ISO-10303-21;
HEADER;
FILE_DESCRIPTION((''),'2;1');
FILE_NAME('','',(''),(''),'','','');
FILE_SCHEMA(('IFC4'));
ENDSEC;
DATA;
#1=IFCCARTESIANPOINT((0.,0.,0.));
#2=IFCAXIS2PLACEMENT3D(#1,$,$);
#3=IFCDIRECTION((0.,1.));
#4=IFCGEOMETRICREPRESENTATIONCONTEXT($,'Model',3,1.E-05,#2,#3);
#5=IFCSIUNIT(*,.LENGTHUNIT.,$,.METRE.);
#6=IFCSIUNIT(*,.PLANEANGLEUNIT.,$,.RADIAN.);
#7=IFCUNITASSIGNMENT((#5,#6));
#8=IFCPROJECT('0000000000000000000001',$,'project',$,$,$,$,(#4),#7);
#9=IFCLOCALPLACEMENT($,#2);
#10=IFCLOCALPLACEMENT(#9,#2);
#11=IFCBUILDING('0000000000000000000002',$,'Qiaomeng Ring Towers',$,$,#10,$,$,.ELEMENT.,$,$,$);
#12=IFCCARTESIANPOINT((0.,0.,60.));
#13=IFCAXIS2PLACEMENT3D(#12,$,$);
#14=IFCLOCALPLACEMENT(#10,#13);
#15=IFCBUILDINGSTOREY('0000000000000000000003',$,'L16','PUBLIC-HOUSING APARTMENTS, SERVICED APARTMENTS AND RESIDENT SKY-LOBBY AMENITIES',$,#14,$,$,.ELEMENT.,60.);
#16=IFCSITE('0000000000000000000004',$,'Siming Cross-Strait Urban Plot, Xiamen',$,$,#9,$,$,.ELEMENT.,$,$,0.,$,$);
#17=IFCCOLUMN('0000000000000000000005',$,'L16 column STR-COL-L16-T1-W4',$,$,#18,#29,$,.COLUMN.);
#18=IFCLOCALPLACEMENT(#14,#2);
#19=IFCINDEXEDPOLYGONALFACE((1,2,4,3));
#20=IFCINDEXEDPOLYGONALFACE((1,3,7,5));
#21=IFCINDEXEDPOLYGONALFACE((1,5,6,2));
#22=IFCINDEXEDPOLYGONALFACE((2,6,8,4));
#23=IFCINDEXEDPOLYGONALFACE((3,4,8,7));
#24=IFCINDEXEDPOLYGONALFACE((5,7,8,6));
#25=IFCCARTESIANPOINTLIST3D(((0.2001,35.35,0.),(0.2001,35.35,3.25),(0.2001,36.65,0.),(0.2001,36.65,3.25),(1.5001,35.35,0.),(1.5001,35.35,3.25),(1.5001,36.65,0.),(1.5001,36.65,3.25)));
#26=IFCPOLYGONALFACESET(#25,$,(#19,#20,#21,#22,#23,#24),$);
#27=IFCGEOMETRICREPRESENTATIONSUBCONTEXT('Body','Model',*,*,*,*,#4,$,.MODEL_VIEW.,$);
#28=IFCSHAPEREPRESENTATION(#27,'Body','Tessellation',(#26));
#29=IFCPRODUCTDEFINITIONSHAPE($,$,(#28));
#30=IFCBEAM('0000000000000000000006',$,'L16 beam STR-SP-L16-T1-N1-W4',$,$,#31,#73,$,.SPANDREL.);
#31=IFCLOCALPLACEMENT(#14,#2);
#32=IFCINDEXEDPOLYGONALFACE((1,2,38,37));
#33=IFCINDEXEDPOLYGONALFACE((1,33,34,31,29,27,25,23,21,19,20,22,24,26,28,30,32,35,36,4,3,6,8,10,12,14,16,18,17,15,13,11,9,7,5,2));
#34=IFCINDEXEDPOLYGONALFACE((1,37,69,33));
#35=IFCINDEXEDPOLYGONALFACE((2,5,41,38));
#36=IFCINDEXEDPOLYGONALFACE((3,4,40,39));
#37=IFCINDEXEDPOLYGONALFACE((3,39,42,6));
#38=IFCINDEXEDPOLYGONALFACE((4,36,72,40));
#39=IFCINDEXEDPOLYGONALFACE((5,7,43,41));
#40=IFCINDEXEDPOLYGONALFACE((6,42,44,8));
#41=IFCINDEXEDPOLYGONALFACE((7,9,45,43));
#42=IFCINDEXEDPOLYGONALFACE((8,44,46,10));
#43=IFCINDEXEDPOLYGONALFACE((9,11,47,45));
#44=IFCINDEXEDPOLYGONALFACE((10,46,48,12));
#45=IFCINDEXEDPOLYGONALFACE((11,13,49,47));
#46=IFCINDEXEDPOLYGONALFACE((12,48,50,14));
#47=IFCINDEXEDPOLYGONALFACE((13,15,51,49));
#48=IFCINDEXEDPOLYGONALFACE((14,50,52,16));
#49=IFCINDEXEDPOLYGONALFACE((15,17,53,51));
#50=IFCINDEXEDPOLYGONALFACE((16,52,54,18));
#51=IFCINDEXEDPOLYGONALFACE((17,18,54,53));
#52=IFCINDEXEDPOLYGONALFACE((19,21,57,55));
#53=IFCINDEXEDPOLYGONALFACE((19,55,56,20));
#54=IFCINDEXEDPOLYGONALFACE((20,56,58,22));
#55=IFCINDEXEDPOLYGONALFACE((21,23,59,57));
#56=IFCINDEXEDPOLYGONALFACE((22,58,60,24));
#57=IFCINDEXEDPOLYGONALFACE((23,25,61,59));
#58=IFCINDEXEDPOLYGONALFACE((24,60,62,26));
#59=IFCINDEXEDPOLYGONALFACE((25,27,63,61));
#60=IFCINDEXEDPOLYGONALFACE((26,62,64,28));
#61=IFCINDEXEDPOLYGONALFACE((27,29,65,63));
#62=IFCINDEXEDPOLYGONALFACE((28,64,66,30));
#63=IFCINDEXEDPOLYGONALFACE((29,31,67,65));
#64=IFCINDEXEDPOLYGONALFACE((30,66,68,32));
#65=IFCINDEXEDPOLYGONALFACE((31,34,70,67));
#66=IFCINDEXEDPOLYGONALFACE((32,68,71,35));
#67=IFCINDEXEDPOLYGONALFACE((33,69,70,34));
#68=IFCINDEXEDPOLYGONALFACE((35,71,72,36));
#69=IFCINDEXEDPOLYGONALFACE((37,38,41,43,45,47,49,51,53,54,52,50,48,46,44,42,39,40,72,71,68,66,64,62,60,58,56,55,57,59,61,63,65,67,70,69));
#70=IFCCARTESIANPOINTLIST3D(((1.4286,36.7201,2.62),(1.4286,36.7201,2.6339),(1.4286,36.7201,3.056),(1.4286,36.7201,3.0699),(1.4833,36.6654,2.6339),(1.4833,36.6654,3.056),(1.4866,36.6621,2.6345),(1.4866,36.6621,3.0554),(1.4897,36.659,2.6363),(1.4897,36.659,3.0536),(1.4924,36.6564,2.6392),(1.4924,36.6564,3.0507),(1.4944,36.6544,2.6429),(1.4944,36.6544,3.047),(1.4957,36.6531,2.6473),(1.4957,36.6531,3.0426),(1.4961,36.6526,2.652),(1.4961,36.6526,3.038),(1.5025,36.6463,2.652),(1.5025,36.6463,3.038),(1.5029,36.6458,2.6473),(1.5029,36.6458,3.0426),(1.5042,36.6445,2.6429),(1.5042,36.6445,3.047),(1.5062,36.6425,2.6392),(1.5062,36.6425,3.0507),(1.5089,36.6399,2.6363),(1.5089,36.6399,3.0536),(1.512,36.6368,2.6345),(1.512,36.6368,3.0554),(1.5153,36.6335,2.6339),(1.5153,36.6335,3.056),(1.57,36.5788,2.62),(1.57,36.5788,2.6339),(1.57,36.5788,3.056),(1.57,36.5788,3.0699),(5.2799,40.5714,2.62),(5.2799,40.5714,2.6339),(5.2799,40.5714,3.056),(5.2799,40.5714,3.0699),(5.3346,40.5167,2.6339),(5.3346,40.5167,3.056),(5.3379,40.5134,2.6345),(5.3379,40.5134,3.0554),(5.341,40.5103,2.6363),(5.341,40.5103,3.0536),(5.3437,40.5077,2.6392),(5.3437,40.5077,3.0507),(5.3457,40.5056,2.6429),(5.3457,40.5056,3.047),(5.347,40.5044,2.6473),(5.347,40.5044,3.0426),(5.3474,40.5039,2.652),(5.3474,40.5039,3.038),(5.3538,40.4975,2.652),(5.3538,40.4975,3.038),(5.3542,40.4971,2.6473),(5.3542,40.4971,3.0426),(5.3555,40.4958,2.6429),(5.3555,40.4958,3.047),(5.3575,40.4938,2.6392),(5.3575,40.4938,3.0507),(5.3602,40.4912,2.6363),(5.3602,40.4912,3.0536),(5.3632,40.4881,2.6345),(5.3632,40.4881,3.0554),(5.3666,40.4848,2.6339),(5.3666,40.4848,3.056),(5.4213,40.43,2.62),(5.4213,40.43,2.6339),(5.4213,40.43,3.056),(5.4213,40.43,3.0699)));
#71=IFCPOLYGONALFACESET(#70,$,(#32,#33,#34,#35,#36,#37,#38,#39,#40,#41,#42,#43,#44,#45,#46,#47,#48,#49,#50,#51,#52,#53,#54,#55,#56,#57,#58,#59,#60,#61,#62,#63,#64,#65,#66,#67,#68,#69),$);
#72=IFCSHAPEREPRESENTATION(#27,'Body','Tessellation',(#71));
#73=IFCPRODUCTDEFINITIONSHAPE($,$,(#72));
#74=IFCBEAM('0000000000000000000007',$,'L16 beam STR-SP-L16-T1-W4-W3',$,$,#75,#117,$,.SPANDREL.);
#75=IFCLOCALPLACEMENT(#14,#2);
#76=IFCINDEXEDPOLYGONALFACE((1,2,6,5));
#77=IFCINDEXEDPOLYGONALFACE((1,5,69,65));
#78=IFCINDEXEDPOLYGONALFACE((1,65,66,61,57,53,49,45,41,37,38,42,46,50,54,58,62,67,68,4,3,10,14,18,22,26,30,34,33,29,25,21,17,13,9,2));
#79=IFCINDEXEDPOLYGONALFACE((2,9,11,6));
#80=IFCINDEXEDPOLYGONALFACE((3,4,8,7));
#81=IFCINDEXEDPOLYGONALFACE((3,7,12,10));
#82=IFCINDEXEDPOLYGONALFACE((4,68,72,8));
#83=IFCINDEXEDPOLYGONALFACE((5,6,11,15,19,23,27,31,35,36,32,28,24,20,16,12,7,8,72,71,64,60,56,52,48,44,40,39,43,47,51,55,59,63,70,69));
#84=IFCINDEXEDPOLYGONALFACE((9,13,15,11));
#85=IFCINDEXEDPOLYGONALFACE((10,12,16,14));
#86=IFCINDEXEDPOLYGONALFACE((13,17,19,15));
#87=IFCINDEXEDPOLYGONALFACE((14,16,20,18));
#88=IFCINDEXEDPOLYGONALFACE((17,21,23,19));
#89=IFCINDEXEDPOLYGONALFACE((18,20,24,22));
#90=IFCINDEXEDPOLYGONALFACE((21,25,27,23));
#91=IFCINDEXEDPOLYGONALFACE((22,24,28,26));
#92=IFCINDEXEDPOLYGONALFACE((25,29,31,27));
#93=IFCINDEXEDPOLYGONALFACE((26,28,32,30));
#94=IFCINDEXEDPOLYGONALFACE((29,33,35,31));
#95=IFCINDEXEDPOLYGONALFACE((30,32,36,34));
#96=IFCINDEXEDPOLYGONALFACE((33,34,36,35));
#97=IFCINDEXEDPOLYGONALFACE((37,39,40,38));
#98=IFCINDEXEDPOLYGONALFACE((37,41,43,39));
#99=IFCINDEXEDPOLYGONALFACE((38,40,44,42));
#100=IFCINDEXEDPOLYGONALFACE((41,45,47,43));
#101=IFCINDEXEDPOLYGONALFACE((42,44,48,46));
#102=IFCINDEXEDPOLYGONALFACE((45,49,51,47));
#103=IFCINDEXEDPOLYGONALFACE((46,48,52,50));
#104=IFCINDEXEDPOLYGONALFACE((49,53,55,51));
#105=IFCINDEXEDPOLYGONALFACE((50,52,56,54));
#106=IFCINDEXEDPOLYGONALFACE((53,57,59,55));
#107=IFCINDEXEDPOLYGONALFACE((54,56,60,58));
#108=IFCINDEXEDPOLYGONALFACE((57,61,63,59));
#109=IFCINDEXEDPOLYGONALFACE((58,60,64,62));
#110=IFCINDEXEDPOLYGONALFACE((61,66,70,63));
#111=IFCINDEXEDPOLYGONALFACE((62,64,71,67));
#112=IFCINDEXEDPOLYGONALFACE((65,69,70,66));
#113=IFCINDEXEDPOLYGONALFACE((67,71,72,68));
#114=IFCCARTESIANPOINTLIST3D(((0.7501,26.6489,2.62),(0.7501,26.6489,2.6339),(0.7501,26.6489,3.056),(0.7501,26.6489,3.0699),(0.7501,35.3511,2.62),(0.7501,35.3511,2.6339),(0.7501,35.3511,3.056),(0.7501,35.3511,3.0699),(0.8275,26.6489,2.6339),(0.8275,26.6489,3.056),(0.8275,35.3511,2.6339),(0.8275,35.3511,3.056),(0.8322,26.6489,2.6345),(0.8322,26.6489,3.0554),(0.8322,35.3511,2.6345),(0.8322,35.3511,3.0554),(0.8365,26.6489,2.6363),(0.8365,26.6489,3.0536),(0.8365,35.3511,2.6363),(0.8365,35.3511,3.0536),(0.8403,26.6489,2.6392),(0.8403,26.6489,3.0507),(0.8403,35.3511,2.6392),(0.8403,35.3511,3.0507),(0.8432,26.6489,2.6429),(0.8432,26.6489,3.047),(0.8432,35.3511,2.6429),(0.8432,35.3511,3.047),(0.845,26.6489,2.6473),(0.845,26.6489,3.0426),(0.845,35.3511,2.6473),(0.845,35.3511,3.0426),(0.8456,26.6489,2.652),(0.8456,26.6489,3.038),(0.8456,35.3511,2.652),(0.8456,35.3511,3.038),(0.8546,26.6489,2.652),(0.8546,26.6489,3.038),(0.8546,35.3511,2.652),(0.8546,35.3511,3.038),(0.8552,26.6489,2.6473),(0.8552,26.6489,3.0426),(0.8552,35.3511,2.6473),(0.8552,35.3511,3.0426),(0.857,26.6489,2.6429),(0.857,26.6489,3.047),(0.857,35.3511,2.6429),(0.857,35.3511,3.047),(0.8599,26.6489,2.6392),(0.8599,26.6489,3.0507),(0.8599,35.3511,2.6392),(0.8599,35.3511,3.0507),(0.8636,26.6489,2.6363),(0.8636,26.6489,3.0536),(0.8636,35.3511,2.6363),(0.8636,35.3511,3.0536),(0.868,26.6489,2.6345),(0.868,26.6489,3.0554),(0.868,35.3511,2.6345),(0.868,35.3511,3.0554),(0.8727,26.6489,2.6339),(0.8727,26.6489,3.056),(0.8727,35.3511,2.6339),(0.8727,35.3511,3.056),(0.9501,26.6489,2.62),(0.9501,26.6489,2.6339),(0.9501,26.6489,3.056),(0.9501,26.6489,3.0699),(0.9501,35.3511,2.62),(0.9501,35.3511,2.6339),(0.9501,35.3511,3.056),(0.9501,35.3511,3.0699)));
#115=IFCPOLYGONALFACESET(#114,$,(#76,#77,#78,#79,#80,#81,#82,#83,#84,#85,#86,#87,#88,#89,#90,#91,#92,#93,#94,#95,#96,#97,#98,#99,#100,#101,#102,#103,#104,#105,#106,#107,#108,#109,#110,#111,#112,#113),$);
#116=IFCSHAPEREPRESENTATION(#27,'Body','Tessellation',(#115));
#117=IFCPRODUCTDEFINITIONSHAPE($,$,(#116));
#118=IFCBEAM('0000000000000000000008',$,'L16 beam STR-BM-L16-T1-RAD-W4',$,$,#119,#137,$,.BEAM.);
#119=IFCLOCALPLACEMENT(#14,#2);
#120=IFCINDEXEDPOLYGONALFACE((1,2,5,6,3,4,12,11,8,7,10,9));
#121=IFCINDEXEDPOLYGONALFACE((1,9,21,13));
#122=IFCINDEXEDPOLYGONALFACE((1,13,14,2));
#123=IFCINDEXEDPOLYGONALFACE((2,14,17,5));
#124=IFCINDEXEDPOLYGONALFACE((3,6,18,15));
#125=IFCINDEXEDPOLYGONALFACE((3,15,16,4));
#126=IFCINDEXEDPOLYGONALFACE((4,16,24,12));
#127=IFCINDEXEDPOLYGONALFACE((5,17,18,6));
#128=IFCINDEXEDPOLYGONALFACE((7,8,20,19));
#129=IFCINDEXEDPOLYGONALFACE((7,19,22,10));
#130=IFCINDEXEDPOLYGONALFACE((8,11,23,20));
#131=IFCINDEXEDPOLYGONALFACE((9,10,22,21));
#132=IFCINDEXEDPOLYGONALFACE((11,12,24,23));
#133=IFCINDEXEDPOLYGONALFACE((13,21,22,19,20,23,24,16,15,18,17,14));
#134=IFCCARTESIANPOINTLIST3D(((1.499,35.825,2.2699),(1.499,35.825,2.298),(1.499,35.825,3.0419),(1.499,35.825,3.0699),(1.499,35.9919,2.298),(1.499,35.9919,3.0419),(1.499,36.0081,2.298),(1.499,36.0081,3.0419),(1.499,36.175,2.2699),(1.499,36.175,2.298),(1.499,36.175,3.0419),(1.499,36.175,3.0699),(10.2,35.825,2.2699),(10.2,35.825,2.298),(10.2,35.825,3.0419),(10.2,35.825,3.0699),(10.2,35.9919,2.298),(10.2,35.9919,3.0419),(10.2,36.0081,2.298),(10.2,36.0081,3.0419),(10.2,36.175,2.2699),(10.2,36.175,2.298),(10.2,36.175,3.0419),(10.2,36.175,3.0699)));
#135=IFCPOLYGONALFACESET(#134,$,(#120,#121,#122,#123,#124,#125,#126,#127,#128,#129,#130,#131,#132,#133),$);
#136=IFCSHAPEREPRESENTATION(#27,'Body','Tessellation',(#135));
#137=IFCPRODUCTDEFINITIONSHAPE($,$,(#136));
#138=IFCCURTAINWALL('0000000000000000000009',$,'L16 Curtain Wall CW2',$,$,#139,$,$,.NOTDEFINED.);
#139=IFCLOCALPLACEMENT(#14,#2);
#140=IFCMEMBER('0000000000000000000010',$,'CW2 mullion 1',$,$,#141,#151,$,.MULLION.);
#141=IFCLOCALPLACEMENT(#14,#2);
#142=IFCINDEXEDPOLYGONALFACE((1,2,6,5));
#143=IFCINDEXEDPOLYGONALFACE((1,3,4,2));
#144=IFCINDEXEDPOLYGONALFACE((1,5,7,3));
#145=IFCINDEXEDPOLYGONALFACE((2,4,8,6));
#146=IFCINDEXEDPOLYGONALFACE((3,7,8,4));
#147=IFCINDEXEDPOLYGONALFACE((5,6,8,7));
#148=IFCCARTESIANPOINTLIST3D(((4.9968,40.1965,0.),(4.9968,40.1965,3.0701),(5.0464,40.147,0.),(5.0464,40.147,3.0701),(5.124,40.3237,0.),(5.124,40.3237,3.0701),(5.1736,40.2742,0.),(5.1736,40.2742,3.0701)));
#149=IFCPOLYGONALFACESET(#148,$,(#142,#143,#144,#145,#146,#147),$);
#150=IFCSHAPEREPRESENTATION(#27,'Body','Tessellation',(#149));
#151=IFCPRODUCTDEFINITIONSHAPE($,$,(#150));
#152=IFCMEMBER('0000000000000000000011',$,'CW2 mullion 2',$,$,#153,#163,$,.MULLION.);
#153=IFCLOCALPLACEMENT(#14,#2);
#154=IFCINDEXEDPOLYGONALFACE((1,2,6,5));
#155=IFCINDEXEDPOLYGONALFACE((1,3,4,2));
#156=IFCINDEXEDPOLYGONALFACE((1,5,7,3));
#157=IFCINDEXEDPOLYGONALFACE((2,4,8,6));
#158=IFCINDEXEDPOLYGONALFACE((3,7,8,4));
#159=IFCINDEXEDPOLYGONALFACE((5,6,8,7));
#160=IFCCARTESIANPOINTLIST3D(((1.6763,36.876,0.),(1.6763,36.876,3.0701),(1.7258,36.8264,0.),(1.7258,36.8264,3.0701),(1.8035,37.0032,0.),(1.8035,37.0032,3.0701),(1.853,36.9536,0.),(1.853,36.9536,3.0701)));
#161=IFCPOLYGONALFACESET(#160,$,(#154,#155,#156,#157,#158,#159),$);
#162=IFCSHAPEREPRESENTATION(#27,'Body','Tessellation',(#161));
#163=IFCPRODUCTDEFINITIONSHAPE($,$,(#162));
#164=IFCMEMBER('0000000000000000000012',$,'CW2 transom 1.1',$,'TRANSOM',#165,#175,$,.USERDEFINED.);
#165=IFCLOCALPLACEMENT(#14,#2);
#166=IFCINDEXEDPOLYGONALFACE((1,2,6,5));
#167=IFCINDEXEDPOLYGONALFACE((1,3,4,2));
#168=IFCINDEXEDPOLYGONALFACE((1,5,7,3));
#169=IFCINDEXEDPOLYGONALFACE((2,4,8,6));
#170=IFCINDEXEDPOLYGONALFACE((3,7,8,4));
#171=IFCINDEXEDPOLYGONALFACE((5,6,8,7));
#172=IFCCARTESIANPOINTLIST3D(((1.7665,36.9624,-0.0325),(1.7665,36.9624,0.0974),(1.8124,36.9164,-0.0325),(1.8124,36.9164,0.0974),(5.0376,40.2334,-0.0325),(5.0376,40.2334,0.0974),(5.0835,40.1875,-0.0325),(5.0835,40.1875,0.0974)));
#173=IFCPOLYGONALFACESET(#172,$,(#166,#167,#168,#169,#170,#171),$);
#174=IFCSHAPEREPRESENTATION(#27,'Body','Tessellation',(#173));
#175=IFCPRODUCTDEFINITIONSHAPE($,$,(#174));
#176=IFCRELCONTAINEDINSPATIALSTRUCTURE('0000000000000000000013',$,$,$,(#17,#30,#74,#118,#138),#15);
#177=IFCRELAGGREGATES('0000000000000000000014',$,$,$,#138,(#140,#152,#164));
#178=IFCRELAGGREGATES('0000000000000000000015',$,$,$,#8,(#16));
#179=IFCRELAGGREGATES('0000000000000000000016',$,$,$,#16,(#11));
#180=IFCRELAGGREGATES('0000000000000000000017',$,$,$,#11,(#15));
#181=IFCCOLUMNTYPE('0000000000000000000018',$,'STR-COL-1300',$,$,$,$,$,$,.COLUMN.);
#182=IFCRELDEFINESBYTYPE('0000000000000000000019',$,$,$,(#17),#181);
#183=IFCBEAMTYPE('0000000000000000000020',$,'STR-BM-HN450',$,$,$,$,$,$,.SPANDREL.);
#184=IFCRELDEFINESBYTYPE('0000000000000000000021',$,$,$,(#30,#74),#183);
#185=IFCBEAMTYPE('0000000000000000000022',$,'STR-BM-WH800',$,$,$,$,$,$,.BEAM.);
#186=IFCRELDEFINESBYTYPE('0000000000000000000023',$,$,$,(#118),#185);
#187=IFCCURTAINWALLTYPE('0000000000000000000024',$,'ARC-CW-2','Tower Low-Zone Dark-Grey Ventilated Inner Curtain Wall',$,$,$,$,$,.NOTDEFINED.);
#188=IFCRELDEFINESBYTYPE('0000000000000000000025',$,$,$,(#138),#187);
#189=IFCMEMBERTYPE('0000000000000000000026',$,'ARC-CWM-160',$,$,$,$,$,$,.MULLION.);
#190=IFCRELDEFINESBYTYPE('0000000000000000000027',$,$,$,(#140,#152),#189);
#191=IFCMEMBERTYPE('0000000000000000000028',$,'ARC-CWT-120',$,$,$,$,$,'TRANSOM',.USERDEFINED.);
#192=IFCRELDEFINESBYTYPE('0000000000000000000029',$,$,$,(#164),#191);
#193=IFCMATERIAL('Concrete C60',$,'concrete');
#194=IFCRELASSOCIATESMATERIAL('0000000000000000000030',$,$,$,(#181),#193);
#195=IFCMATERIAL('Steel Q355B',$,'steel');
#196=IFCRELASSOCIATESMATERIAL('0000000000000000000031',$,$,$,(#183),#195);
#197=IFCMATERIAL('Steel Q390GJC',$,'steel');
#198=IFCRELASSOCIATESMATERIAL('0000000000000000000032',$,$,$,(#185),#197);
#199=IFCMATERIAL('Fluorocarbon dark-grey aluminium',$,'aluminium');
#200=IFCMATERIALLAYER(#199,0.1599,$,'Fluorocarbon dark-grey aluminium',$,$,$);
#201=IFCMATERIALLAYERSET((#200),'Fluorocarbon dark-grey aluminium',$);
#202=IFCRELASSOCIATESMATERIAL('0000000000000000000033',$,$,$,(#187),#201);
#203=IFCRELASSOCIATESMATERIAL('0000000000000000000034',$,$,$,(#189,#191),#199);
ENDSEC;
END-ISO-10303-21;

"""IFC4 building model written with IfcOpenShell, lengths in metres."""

from ifc_helpers import new_model, si_unit, direction, frame, origin, origin_2d, place, context, subcontext, project, spatial, rectangle, i_section, extrude, source, transform, mapped, material, layer, layer_set, material_profile, profile_set, type_object, element, aggregate, save


model = new_model("IFC4")

# Units and contexts
model_context = context("Model", 3, precision=1e-05, world=origin(), true_north=direction((0.0, 1.0)))
body_context = subcontext(model_context, "Body", "Model", "MODEL_VIEW")
ifc_project = project(units=[si_unit("LENGTHUNIT", "METRE"), si_unit("PLANEANGLEUNIT", "RADIAN")], contexts=[model_context])

# Site, building, storey
site_placement = place(None, origin())
site = spatial("IfcSite", under=ifc_project, at=site_placement, Name="Siming Cross-Strait Urban Plot, Xiamen", CompositionType="ELEMENT", RefElevation=0.0)
building_placement = place(site_placement, origin())
building = spatial("IfcBuilding", under=site, at=building_placement, Name="Qiaomeng Ring Towers", CompositionType="ELEMENT")
storey_placement = place(building_placement, frame((0.0, 0.0, 60.0)))
storey = spatial("IfcBuildingStorey", under=building, at=storey_placement, Name="L16", Description="PUBLIC-HOUSING APARTMENTS, SERVICED APARTMENTS AND RESIDENT SKY-LOBBY AMENITIES", CompositionType="ELEMENT", Elevation=60.0)

# Column
ifc_material_1 = material(Name="Concrete C60", Category="concrete")
ifc_material_profile_1 = material_profile(ifc_material_1, rectangle(XDim=1.3, YDim=1.3, at=origin_2d()), Name="RC COL 1300x1300")
ifc_profile_set_1 = profile_set([ifc_material_profile_1], Name="Concrete C60")
column_type = type_object("IfcColumnType", Name="STR-COL-1300", PredefinedType="COLUMN", material=ifc_profile_set_1)
shared_shape_1 = source(origin(), body_context, "Body", "SweptSolid", [
    extrude(rectangle(XDim=1.3, YDim=1.3, at=origin_2d()), origin(), (0.0, 0.0, 1.0), 3.25),
])
column_placement = place(storey_placement, frame((0.8501, 36.0, 0.0), z_axis=(0.0, 0.0, 1.0), x_axis=(1.0, 0.0, 0.0)))
element("IfcColumn", 1, at=column_placement, inside=storey, type_object=column_type, Name="L16 column STR-COL-L16-T1-W4", PredefinedType="COLUMN", context=body_context, shape_type="MappedRepresentation", body=[
    mapped(shared_shape_1, transform((0.0, 0.0, 0.0), x_axis=(1.0, 0.0, 0.0), y_axis=(0.0, 1.0, 0.0), z_axis=(0.0, 0.0, 1.0), scale=1.0)),
])

# Beams
ifc_material_2 = material(Name="Steel Q355B", Category="steel")
ifc_material_profile_2 = material_profile(ifc_material_2, i_section(OverallWidth=0.2, OverallDepth=0.45, WebThickness=0.009, FlangeThickness=0.0139, FilletRadius=0.0181, at=origin_2d()), Name="HN 450x200x9x14")
ifc_profile_set_2 = profile_set([ifc_material_profile_2], Name="Steel Q355B")
beam_type_1 = type_object("IfcBeamType", Name="STR-BM-HN450", PredefinedType="SPANDREL", material=ifc_profile_set_2)
shared_shape_2 = source(origin(), body_context, "Body", "SweptSolid", [
    extrude(i_section(OverallWidth=0.2, OverallDepth=0.45, WebThickness=0.009, FlangeThickness=0.0139, FilletRadius=0.0181, at=origin_2d()), origin(), (0.0, 0.0, 1.0), 5.4465),
])
beam_1_placement = place(storey_placement, frame((5.3506, 40.5007, 2.845), z_axis=(-0.707107, -0.707107, 0.0), x_axis=(0.707107, -0.707107, 0.0)))
element("IfcBeam", 2, at=beam_1_placement, inside=storey, type_object=beam_type_1, Name="L16 beam STR-SP-L16-T1-N1-W4", PredefinedType="SPANDREL", context=body_context, shape_type="MappedRepresentation", body=[
    mapped(shared_shape_2, transform((0.0, 0.0, 0.0), x_axis=(1.0, 0.0, 0.0), y_axis=(0.0, 1.0, 0.0), z_axis=(0.0, 0.0, 1.0), scale=1.0)),
])
shared_shape_3 = source(origin(), body_context, "Body", "SweptSolid", [
    extrude(i_section(OverallWidth=0.2, OverallDepth=0.45, WebThickness=0.009, FlangeThickness=0.0139, FilletRadius=0.0181, at=origin_2d()), origin(), (0.0, 0.0, 1.0), 8.7021),
])
beam_2_placement = place(storey_placement, frame((0.8501, 35.3511, 2.845), z_axis=(0.0, -1.0, 0.0), x_axis=(1.0, 0.0, 0.0)))
element("IfcBeam", 3, at=beam_2_placement, inside=storey, type_object=beam_type_1, Name="L16 beam STR-SP-L16-T1-W4-W3", PredefinedType="SPANDREL", context=body_context, shape_type="MappedRepresentation", body=[
    mapped(shared_shape_3, transform((0.0, 0.0, 0.0), x_axis=(1.0, 0.0, 0.0), y_axis=(0.0, 1.0, 0.0), z_axis=(0.0, 0.0, 1.0), scale=1.0)),
])
ifc_material_3 = material(Name="Steel Q390GJC", Category="steel")
ifc_material_profile_3 = material_profile(ifc_material_3, i_section(OverallWidth=0.3501, OverallDepth=0.8, WebThickness=0.0161, FlangeThickness=0.0281, at=origin_2d()), Name="WH 800x350x16x28")
ifc_profile_set_3 = profile_set([ifc_material_profile_3], Name="Steel Q390GJC")
beam_type_2 = type_object("IfcBeamType", Name="STR-BM-WH800", PredefinedType="BEAM", material=ifc_profile_set_3)
shared_shape_4 = source(origin(), body_context, "Body", "SweptSolid", [
    extrude(i_section(OverallWidth=0.3501, OverallDepth=0.8, WebThickness=0.0161, FlangeThickness=0.0281, at=origin_2d()), origin(), (0.0, 0.0, 1.0), 8.7009),
])
beam_3_placement = place(storey_placement, frame((1.499, 36.0, 2.6699), z_axis=(1.0, 0.0, 0.0), x_axis=(0.0, 1.0, 0.0)))
element("IfcBeam", 4, at=beam_3_placement, inside=storey, type_object=beam_type_2, Name="L16 beam STR-BM-L16-T1-RAD-W4", PredefinedType="BEAM", context=body_context, shape_type="MappedRepresentation", body=[
    mapped(shared_shape_4, transform((0.0, 0.0, 0.0), x_axis=(1.0, 0.0, 0.0), y_axis=(0.0, 1.0, 0.0), z_axis=(0.0, 0.0, 1.0), scale=1.0)),
])

# Curtain wall, members
ifc_material_4 = material(Name="Fluorocarbon dark-grey aluminium", Category="aluminium")
ifc_layer_1 = layer(ifc_material_4, 0.1599, Name="Fluorocarbon dark-grey aluminium")
ifc_layer_set_1 = layer_set([ifc_layer_1], Name="Fluorocarbon dark-grey aluminium")
curtain_wall_type = type_object("IfcCurtainWallType", Name="ARC-CW-2", Description="Tower Low-Zone Dark-Grey Ventilated Inner Curtain Wall", PredefinedType="NOTDEFINED", material=ifc_layer_set_1)
curtain_wall_placement = place(storey_placement, origin())
curtain_wall = element("IfcCurtainWall", 5, at=curtain_wall_placement, inside=storey, type_object=curtain_wall_type, Name="L16 Curtain Wall CW2", PredefinedType="NOTDEFINED")
ifc_material_profile_4 = material_profile(ifc_material_4, rectangle(XDim=0.0701, YDim=0.1799, at=origin_2d()), Name="ALU MULL 70x180")
ifc_profile_set_4 = profile_set([ifc_material_profile_4], Name="Fluorocarbon dark-grey aluminium")
member_type_1 = type_object("IfcMemberType", Name="ARC-CWM-160", PredefinedType="MULLION", material=ifc_profile_set_4)
shared_shape_5 = source(origin(), body_context, "Body", "SweptSolid", [
    extrude(rectangle(XDim=0.0701, YDim=0.1799, at=origin_2d()), origin(), (0.0, 0.0, 1.0), 3.0701),
])
member_1_placement = place(storey_placement, frame((5.0852, 40.2354, 0.0), z_axis=(0.0, 0.0, 1.0), x_axis=(0.707107, -0.707107, 0.0)))
member_1 = element("IfcMember", 6, at=member_1_placement, type_object=member_type_1, Name="CW2 mullion 1", PredefinedType="MULLION", context=body_context, shape_type="MappedRepresentation", body=[
    mapped(shared_shape_5, transform((0.0, 0.0, 0.0), x_axis=(1.0, 0.0, 0.0), y_axis=(0.0, 1.0, 0.0), z_axis=(0.0, 0.0, 1.0), scale=1.0)),
])
member_2_placement = place(storey_placement, frame((1.7646, 36.9148, 0.0), z_axis=(0.0, 0.0, 1.0), x_axis=(0.707107, -0.707107, 0.0)))
member_2 = element("IfcMember", 7, at=member_2_placement, type_object=member_type_1, Name="CW2 mullion 2", PredefinedType="MULLION", context=body_context, shape_type="MappedRepresentation", body=[
    mapped(shared_shape_5, transform((0.0, 0.0, 0.0), x_axis=(1.0, 0.0, 0.0), y_axis=(0.0, 1.0, 0.0), z_axis=(0.0, 0.0, 1.0), scale=1.0)),
])
ifc_material_profile_5 = material_profile(ifc_material_4, rectangle(XDim=0.0649, YDim=0.1299, at=origin_2d()), Name="ALU TRAN 65x130")
ifc_profile_set_5 = profile_set([ifc_material_profile_5], Name="Fluorocarbon dark-grey aluminium")
member_type_2 = type_object("IfcMemberType", Name="ARC-CWT-120", ElementType="TRANSOM", PredefinedType="USERDEFINED", material=ifc_profile_set_5)
shared_shape_6 = source(origin(), body_context, "Body", "SweptSolid", [
    extrude(rectangle(XDim=0.0649, YDim=0.1299, at=origin_2d()), origin(), (0.0, 0.0, 1.0), 4.626),
])
member_3_placement = place(storey_placement, frame((5.0605, 40.2104, 0.0325), z_axis=(-0.707107, -0.707107, 0.0), x_axis=(0.707107, -0.707107, 0.0)))
member_3 = element("IfcMember", 8, at=member_3_placement, type_object=member_type_2, Name="CW2 transom 1.1", ObjectType="TRANSOM", PredefinedType="USERDEFINED", context=body_context, shape_type="MappedRepresentation", body=[
    mapped(shared_shape_6, transform((0.0, 0.0, 0.0), x_axis=(1.0, 0.0, 0.0), y_axis=(0.0, 1.0, 0.0), z_axis=(0.0, 0.0, 1.0), scale=1.0)),
])
aggregate(curtain_wall, [member_1, member_2, member_3])

save(model, "model.ifc")
